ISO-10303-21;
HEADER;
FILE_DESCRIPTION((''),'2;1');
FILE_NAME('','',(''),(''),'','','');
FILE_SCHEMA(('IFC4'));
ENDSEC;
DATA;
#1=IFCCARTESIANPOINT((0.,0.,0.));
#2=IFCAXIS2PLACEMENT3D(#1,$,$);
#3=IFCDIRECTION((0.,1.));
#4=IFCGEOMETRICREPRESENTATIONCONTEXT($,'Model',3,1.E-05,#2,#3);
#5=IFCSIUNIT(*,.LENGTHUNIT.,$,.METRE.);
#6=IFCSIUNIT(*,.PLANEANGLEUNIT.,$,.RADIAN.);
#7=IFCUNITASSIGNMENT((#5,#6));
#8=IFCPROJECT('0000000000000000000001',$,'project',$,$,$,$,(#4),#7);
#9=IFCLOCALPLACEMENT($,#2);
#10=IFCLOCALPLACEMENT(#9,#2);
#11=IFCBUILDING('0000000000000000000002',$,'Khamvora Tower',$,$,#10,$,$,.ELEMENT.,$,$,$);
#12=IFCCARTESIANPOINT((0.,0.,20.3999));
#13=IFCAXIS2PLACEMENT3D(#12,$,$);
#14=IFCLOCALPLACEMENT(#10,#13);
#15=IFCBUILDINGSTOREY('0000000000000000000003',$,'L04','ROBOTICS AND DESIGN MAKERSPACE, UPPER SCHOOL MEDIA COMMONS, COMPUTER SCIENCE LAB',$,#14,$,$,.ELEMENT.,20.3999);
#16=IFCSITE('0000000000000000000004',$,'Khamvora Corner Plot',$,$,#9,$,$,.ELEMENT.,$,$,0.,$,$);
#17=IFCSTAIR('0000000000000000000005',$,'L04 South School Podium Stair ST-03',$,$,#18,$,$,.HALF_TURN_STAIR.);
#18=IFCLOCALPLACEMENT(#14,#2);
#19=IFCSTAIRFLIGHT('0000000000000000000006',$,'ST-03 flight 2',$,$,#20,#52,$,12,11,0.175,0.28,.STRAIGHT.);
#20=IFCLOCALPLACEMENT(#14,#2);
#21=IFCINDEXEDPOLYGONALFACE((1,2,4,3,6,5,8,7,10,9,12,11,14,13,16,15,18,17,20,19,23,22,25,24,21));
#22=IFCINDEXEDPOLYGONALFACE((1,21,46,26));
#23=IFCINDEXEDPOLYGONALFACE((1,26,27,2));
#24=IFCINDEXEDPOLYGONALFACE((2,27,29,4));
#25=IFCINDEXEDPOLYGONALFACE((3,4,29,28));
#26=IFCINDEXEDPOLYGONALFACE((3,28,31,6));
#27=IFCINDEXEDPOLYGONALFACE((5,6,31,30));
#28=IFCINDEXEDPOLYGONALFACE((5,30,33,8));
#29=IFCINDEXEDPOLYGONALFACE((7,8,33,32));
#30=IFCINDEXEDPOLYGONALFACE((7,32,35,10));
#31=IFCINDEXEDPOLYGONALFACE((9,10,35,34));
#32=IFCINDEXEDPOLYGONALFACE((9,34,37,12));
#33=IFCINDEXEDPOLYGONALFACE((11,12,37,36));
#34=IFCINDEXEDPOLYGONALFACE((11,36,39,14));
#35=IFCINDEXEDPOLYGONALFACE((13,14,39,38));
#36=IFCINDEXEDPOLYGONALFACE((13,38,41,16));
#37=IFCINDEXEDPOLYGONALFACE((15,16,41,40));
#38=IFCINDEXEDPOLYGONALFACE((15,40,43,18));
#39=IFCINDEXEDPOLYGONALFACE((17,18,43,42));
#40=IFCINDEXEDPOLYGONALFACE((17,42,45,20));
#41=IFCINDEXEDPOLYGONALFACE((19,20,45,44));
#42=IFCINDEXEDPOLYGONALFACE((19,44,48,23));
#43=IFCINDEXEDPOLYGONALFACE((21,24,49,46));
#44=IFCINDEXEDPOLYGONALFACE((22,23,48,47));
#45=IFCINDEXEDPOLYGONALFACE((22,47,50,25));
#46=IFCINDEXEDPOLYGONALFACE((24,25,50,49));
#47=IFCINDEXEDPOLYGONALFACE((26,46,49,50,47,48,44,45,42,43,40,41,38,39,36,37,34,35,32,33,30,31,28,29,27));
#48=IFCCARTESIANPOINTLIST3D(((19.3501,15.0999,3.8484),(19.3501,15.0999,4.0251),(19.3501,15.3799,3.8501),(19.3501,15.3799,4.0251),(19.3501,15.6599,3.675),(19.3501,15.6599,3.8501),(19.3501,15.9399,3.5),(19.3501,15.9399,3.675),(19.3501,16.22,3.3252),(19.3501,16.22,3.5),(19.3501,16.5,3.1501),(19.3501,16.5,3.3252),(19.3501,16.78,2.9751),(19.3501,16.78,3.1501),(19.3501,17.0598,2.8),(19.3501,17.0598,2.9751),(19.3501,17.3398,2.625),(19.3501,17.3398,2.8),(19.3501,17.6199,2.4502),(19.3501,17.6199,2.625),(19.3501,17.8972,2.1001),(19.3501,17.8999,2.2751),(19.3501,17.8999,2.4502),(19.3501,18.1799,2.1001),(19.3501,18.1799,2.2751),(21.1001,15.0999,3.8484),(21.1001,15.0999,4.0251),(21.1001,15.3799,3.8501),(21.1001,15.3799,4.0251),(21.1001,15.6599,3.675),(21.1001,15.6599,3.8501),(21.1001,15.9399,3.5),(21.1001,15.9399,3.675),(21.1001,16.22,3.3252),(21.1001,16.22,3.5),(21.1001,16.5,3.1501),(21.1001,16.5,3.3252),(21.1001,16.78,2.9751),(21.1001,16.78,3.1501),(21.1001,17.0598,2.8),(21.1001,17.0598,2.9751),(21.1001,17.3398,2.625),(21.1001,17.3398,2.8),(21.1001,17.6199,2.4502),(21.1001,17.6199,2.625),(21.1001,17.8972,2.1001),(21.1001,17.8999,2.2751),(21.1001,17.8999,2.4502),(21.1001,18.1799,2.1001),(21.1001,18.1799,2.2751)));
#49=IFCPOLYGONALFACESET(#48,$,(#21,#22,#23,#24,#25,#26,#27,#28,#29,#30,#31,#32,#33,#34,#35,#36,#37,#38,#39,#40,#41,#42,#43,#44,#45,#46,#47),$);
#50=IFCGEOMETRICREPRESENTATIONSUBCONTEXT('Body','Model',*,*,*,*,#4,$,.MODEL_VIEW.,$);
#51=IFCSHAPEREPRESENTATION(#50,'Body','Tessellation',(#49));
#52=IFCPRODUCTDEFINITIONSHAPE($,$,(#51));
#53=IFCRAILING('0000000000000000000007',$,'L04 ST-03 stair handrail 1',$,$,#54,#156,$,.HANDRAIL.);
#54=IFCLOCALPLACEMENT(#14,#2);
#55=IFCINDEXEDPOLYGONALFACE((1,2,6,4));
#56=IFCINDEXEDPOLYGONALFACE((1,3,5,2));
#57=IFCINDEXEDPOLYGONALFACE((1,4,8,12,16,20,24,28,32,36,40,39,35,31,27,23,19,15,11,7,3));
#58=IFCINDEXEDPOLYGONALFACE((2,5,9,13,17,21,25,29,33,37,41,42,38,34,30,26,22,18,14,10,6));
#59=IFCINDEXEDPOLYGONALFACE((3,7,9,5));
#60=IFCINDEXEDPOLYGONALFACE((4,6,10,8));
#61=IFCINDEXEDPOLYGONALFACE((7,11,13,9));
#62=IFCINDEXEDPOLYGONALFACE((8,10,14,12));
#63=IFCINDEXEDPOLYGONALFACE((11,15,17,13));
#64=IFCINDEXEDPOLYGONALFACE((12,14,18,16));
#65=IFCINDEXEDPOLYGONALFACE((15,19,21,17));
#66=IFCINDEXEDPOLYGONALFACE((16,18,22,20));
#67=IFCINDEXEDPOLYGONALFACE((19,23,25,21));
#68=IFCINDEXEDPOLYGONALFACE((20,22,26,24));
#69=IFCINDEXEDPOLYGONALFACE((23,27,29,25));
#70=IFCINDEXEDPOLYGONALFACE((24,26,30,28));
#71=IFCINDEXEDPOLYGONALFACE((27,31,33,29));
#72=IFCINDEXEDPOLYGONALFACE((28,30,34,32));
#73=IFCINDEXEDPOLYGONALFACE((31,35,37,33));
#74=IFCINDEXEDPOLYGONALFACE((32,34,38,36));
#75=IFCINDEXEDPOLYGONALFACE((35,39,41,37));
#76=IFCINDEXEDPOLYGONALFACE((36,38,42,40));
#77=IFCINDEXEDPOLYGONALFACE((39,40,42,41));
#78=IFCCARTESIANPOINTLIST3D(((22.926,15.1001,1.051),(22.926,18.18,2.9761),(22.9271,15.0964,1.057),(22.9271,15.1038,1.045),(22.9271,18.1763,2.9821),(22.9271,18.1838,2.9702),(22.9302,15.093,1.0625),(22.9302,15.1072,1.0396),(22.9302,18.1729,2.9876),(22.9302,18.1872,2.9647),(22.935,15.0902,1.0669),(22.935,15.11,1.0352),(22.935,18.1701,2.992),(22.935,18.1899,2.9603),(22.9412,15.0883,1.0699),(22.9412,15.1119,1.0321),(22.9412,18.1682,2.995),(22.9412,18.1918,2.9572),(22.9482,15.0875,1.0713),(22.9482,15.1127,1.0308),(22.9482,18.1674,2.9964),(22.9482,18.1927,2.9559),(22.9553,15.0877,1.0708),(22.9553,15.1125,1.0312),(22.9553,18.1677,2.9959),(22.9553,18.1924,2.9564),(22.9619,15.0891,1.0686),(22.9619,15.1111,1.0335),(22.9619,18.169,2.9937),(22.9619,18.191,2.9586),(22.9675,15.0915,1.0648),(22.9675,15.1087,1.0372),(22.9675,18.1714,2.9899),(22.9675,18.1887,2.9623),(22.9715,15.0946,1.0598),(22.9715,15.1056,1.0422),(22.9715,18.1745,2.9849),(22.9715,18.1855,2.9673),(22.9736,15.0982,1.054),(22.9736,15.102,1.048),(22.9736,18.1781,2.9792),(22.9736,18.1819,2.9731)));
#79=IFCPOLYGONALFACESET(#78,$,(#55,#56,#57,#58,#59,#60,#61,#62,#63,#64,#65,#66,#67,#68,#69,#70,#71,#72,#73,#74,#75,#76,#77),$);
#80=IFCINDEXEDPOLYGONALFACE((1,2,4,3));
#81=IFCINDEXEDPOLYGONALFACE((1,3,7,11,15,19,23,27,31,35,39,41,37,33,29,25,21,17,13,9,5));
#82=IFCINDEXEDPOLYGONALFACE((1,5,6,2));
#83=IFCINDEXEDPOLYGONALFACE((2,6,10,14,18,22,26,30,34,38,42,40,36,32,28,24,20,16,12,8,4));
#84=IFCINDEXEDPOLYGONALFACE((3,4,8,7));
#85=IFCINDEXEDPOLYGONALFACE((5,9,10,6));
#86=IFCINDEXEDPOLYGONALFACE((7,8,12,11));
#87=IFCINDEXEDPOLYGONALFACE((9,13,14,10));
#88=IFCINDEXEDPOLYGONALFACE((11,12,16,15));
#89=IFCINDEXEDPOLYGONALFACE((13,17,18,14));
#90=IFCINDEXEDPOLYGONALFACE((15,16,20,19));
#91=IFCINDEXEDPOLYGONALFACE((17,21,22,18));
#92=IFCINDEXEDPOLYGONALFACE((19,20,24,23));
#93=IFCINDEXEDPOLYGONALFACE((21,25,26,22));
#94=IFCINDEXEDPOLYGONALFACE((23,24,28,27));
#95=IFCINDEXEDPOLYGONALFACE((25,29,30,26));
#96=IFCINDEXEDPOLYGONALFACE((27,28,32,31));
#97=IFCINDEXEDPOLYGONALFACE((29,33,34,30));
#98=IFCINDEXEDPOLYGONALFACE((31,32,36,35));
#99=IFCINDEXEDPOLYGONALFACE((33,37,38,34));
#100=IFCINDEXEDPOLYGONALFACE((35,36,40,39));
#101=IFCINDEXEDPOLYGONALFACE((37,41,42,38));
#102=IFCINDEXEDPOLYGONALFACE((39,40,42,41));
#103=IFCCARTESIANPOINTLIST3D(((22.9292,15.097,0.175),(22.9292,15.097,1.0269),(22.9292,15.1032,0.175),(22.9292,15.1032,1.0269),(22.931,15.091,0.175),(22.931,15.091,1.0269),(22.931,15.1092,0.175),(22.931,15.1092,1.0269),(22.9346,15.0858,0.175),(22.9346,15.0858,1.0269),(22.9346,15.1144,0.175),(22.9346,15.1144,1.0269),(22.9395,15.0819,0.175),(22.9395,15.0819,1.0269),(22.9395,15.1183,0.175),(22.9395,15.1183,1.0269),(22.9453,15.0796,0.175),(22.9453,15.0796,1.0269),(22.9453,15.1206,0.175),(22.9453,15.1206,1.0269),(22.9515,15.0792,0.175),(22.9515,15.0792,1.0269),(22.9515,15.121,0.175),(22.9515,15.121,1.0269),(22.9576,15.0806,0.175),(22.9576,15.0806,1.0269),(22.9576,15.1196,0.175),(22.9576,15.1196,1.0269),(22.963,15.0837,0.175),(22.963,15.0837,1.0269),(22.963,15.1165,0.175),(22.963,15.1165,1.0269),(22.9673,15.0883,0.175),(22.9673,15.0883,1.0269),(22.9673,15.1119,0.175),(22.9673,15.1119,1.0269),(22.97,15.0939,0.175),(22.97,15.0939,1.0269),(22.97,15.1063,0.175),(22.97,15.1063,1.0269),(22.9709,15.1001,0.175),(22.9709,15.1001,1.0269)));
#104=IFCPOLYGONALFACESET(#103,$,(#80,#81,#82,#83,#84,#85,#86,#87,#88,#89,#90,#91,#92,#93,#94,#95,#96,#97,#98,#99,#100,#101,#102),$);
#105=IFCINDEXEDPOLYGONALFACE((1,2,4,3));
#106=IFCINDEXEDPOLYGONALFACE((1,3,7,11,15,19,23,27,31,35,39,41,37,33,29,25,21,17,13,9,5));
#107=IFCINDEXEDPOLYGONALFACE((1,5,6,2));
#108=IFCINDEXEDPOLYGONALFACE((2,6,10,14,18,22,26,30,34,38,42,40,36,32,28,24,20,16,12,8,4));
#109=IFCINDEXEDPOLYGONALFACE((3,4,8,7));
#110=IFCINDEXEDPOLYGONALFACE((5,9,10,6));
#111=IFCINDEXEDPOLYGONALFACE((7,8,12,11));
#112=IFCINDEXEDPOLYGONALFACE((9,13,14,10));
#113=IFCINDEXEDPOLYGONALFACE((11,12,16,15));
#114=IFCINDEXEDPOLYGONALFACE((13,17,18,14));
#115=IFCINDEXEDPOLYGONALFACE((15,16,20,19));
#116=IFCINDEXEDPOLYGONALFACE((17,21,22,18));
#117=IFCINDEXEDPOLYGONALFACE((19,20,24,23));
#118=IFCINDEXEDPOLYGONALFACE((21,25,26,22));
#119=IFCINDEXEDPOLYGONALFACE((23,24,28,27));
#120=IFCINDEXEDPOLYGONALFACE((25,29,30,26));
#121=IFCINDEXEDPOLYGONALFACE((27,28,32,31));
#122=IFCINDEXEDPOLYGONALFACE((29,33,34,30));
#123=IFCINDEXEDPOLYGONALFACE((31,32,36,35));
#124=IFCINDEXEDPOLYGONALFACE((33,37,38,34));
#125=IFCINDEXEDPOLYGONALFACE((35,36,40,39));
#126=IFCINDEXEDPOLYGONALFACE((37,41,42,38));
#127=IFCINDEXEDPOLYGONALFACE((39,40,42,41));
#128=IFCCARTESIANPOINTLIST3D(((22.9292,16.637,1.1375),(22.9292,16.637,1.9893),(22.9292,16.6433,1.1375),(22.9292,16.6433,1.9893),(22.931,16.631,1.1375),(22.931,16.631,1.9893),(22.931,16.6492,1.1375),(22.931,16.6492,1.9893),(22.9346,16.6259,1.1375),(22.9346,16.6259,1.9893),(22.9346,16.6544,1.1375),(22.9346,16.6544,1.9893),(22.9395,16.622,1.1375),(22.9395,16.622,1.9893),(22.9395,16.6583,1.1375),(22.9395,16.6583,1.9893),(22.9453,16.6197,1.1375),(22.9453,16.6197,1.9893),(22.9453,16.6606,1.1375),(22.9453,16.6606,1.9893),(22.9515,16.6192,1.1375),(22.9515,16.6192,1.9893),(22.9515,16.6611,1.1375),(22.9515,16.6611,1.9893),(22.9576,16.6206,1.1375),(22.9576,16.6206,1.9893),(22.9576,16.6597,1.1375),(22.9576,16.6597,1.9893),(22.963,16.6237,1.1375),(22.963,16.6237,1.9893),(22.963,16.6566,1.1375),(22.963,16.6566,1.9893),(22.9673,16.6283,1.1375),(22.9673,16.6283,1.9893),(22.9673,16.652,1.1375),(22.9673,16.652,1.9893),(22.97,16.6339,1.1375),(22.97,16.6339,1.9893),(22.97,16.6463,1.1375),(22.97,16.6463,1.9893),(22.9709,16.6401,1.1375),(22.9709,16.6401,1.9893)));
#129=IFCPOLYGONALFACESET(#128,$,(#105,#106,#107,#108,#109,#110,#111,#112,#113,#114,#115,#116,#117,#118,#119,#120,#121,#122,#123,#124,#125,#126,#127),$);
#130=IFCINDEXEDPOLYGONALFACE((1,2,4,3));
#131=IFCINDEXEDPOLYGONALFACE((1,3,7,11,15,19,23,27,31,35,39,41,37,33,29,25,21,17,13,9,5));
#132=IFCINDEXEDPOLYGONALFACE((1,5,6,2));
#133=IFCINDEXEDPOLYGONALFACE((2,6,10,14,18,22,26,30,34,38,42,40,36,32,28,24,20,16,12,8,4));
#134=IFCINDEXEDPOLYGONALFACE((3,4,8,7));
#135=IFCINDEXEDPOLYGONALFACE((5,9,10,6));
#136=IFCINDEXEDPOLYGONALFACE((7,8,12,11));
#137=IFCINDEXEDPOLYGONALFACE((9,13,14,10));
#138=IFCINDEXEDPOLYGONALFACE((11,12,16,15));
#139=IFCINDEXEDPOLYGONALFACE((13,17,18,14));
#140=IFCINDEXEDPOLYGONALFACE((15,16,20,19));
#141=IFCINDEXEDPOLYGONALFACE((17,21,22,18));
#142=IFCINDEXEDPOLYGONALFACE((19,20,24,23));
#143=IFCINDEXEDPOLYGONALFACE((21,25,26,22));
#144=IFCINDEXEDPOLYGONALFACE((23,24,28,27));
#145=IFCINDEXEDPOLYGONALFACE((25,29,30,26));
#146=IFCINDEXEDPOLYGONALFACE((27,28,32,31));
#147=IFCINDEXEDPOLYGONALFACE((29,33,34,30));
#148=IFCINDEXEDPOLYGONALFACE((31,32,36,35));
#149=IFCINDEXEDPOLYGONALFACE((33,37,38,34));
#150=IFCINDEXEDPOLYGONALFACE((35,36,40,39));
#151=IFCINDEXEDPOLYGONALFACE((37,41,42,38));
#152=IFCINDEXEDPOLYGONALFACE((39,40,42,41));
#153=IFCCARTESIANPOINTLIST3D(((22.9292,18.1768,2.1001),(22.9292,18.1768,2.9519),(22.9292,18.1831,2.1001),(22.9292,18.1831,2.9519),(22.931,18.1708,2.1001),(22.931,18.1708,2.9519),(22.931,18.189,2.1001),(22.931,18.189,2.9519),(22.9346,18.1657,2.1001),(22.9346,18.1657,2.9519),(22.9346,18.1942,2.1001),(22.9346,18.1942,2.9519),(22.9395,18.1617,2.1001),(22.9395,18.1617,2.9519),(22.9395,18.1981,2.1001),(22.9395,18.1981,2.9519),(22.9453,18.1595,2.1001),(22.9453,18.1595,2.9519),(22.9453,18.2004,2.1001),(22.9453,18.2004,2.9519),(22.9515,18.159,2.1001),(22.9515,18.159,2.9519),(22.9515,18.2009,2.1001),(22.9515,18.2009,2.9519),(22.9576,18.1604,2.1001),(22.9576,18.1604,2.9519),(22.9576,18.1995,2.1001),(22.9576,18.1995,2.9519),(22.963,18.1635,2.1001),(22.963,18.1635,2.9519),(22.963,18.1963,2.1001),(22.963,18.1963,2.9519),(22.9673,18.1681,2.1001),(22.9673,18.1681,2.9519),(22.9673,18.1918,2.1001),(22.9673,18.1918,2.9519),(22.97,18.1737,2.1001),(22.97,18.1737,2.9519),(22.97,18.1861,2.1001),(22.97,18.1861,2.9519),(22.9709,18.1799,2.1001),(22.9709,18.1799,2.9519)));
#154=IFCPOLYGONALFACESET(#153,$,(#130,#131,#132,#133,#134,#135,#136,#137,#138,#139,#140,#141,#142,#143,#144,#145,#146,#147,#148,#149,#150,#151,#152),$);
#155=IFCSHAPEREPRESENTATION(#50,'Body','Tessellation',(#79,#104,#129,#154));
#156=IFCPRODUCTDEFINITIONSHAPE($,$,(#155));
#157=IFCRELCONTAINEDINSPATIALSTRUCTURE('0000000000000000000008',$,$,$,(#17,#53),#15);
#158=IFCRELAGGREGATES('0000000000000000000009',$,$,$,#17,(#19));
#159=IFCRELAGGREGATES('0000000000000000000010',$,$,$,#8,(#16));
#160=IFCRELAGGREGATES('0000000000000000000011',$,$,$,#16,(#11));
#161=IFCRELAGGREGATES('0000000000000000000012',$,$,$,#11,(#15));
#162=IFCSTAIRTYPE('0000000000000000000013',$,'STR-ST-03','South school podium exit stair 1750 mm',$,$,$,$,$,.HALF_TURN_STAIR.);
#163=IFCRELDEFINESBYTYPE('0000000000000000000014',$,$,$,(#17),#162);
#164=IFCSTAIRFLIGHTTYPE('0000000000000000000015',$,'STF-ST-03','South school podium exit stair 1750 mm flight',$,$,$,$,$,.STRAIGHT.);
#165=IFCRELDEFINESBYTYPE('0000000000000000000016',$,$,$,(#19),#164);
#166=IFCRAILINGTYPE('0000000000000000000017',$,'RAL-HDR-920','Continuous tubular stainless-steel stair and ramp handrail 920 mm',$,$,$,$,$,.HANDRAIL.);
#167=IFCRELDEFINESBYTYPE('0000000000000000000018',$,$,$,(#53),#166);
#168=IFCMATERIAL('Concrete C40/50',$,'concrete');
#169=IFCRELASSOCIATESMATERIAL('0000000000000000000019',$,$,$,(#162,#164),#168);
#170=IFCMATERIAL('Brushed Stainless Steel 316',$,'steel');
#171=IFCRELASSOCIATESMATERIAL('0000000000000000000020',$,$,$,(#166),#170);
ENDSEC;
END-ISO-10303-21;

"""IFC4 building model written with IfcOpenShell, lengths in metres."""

from ifc_helpers import new_model, si_unit, direction, frame, origin, origin_2d, place, context, subcontext, project, spatial, polyline, circle, outline, extrude, material, type_object, element, aggregate, save


model = new_model("IFC4")

# Units and contexts
model_context = context("Model", 3, precision=1e-05, world=origin(), true_north=direction((0.0, 1.0)))
body_context = subcontext(model_context, "Body", "Model", "MODEL_VIEW")
ifc_project = project(units=[si_unit("LENGTHUNIT", "METRE"), si_unit("PLANEANGLEUNIT", "RADIAN")], contexts=[model_context])

# Site, building, storey
site_placement = place(None, origin())
site = spatial("IfcSite", under=ifc_project, at=site_placement, Name="Khamvora Corner Plot", CompositionType="ELEMENT", RefElevation=0.0)
building_placement = place(site_placement, origin())
building = spatial("IfcBuilding", under=site, at=building_placement, Name="Khamvora Tower", CompositionType="ELEMENT")
storey_placement = place(building_placement, frame((0.0, 0.0, 20.3999)))
storey = spatial("IfcBuildingStorey", under=building, at=storey_placement, Name="L04", Description="ROBOTICS AND DESIGN MAKERSPACE, UPPER SCHOOL MEDIA COMMONS, COMPUTER SCIENCE LAB", CompositionType="ELEMENT", Elevation=20.3999)

# Shared definitions
ifc_material_1 = material(Name="Concrete C40/50", Category="concrete")

# Stair, stair flight
stair_type = type_object("IfcStairType", Name="STR-ST-03", Description="South school podium exit stair 1750 mm", PredefinedType="HALF_TURN_STAIR", material=ifc_material_1)
stair_placement = place(storey_placement, origin())
stair = element("IfcStair", 1, at=stair_placement, inside=storey, type_object=stair_type, Name="L04 South School Podium Stair ST-03", PredefinedType="HALF_TURN_STAIR")
stair_flight_type = type_object("IfcStairFlightType", Name="STF-ST-03", Description="South school podium exit stair 1750 mm flight", PredefinedType="STRAIGHT", material=ifc_material_1)
stair_flight_1_placement = place(storey_placement, frame((20.2251, 18.1799, 2.1001), z_axis=(0.0, 0.0, 1.0), x_axis=(0.0, -1.0, 0.0)))
stair_flight_1 = element("IfcStairFlight", 2, at=stair_flight_1_placement, type_object=stair_flight_type, Name="ST-03 flight 2", NumberOfRisers=12, NumberOfTreads=11, PredefinedType="STRAIGHT", RiserHeight=0.175, TreadLength=0.28, context=body_context, shape_type="SweptSolid", body=[
    extrude(outline(polyline([(0.0, 0.0), (0.0, 0.175), (0.28, 0.175), (0.28, 0.3501), (0.5601, 0.3501), (0.5601, 0.5249), (0.8401, 0.5249), (0.8401, 0.7), (1.1201, 0.7), (1.1201, 0.875), (1.3999, 0.875), (1.3999, 1.05), (1.6799, 1.05), (1.6799, 1.2251), (1.96, 1.2251), (1.96, 1.3999), (2.24, 1.3999), (2.24, 1.575), (2.52, 1.575), (2.52, 1.75), (2.8, 1.75), (2.8, 1.925), (3.0801, 1.925), (3.0801, 2.1001), (3.0801, 1.7483), (0.2827, 0.0), (0.0, 0.0)])), frame((0.0, 0.875, 0.0), z_axis=(0.0, -1.0, 0.0), x_axis=(1.0, 0.0, 0.0)), (0.0, 0.0, 1.0), 1.75),
])
aggregate(stair, [stair_flight_1])

# Railing
ifc_material_2 = material(Name="Brushed Stainless Steel 316", Category="steel")
railing_type_1 = type_object("IfcRailingType", Name="RAL-HDR-920", Description="Continuous tubular stainless-steel stair and ramp handrail 920 mm", PredefinedType="HANDRAIL", material=ifc_material_2)
railing_1_placement = place(storey_placement, frame((22.95, 15.1001, 0.175)))
element("IfcRailing", 3, at=railing_1_placement, inside=storey, type_object=railing_type_1, Name="L04 ST-03 stair handrail 1", PredefinedType="HANDRAIL", context=body_context, shape_type="SweptSolid", body=[
    extrude(circle(Radius=0.0239, at=origin_2d()), frame((0.0, 0.0, 0.876), z_axis=(0.0, 0.847979, 0.530029), x_axis=(-1.0, 0.0, 0.0)), (0.0, 0.0, 1.0), 3.6321),
    extrude(circle(Radius=0.021, at=origin_2d()), origin(), (0.0, 0.0, 1.0), 0.8518),
    extrude(circle(Radius=0.021, at=origin_2d()), frame((0.0, 1.54, 0.9624)), (0.0, 0.0, 1.0), 0.8518),
    extrude(circle(Radius=0.021, at=origin_2d()), frame((0.0, 3.0798, 1.925)), (0.0, 0.0, 1.0), 0.8518),
])

save(model, "model.ifc")
